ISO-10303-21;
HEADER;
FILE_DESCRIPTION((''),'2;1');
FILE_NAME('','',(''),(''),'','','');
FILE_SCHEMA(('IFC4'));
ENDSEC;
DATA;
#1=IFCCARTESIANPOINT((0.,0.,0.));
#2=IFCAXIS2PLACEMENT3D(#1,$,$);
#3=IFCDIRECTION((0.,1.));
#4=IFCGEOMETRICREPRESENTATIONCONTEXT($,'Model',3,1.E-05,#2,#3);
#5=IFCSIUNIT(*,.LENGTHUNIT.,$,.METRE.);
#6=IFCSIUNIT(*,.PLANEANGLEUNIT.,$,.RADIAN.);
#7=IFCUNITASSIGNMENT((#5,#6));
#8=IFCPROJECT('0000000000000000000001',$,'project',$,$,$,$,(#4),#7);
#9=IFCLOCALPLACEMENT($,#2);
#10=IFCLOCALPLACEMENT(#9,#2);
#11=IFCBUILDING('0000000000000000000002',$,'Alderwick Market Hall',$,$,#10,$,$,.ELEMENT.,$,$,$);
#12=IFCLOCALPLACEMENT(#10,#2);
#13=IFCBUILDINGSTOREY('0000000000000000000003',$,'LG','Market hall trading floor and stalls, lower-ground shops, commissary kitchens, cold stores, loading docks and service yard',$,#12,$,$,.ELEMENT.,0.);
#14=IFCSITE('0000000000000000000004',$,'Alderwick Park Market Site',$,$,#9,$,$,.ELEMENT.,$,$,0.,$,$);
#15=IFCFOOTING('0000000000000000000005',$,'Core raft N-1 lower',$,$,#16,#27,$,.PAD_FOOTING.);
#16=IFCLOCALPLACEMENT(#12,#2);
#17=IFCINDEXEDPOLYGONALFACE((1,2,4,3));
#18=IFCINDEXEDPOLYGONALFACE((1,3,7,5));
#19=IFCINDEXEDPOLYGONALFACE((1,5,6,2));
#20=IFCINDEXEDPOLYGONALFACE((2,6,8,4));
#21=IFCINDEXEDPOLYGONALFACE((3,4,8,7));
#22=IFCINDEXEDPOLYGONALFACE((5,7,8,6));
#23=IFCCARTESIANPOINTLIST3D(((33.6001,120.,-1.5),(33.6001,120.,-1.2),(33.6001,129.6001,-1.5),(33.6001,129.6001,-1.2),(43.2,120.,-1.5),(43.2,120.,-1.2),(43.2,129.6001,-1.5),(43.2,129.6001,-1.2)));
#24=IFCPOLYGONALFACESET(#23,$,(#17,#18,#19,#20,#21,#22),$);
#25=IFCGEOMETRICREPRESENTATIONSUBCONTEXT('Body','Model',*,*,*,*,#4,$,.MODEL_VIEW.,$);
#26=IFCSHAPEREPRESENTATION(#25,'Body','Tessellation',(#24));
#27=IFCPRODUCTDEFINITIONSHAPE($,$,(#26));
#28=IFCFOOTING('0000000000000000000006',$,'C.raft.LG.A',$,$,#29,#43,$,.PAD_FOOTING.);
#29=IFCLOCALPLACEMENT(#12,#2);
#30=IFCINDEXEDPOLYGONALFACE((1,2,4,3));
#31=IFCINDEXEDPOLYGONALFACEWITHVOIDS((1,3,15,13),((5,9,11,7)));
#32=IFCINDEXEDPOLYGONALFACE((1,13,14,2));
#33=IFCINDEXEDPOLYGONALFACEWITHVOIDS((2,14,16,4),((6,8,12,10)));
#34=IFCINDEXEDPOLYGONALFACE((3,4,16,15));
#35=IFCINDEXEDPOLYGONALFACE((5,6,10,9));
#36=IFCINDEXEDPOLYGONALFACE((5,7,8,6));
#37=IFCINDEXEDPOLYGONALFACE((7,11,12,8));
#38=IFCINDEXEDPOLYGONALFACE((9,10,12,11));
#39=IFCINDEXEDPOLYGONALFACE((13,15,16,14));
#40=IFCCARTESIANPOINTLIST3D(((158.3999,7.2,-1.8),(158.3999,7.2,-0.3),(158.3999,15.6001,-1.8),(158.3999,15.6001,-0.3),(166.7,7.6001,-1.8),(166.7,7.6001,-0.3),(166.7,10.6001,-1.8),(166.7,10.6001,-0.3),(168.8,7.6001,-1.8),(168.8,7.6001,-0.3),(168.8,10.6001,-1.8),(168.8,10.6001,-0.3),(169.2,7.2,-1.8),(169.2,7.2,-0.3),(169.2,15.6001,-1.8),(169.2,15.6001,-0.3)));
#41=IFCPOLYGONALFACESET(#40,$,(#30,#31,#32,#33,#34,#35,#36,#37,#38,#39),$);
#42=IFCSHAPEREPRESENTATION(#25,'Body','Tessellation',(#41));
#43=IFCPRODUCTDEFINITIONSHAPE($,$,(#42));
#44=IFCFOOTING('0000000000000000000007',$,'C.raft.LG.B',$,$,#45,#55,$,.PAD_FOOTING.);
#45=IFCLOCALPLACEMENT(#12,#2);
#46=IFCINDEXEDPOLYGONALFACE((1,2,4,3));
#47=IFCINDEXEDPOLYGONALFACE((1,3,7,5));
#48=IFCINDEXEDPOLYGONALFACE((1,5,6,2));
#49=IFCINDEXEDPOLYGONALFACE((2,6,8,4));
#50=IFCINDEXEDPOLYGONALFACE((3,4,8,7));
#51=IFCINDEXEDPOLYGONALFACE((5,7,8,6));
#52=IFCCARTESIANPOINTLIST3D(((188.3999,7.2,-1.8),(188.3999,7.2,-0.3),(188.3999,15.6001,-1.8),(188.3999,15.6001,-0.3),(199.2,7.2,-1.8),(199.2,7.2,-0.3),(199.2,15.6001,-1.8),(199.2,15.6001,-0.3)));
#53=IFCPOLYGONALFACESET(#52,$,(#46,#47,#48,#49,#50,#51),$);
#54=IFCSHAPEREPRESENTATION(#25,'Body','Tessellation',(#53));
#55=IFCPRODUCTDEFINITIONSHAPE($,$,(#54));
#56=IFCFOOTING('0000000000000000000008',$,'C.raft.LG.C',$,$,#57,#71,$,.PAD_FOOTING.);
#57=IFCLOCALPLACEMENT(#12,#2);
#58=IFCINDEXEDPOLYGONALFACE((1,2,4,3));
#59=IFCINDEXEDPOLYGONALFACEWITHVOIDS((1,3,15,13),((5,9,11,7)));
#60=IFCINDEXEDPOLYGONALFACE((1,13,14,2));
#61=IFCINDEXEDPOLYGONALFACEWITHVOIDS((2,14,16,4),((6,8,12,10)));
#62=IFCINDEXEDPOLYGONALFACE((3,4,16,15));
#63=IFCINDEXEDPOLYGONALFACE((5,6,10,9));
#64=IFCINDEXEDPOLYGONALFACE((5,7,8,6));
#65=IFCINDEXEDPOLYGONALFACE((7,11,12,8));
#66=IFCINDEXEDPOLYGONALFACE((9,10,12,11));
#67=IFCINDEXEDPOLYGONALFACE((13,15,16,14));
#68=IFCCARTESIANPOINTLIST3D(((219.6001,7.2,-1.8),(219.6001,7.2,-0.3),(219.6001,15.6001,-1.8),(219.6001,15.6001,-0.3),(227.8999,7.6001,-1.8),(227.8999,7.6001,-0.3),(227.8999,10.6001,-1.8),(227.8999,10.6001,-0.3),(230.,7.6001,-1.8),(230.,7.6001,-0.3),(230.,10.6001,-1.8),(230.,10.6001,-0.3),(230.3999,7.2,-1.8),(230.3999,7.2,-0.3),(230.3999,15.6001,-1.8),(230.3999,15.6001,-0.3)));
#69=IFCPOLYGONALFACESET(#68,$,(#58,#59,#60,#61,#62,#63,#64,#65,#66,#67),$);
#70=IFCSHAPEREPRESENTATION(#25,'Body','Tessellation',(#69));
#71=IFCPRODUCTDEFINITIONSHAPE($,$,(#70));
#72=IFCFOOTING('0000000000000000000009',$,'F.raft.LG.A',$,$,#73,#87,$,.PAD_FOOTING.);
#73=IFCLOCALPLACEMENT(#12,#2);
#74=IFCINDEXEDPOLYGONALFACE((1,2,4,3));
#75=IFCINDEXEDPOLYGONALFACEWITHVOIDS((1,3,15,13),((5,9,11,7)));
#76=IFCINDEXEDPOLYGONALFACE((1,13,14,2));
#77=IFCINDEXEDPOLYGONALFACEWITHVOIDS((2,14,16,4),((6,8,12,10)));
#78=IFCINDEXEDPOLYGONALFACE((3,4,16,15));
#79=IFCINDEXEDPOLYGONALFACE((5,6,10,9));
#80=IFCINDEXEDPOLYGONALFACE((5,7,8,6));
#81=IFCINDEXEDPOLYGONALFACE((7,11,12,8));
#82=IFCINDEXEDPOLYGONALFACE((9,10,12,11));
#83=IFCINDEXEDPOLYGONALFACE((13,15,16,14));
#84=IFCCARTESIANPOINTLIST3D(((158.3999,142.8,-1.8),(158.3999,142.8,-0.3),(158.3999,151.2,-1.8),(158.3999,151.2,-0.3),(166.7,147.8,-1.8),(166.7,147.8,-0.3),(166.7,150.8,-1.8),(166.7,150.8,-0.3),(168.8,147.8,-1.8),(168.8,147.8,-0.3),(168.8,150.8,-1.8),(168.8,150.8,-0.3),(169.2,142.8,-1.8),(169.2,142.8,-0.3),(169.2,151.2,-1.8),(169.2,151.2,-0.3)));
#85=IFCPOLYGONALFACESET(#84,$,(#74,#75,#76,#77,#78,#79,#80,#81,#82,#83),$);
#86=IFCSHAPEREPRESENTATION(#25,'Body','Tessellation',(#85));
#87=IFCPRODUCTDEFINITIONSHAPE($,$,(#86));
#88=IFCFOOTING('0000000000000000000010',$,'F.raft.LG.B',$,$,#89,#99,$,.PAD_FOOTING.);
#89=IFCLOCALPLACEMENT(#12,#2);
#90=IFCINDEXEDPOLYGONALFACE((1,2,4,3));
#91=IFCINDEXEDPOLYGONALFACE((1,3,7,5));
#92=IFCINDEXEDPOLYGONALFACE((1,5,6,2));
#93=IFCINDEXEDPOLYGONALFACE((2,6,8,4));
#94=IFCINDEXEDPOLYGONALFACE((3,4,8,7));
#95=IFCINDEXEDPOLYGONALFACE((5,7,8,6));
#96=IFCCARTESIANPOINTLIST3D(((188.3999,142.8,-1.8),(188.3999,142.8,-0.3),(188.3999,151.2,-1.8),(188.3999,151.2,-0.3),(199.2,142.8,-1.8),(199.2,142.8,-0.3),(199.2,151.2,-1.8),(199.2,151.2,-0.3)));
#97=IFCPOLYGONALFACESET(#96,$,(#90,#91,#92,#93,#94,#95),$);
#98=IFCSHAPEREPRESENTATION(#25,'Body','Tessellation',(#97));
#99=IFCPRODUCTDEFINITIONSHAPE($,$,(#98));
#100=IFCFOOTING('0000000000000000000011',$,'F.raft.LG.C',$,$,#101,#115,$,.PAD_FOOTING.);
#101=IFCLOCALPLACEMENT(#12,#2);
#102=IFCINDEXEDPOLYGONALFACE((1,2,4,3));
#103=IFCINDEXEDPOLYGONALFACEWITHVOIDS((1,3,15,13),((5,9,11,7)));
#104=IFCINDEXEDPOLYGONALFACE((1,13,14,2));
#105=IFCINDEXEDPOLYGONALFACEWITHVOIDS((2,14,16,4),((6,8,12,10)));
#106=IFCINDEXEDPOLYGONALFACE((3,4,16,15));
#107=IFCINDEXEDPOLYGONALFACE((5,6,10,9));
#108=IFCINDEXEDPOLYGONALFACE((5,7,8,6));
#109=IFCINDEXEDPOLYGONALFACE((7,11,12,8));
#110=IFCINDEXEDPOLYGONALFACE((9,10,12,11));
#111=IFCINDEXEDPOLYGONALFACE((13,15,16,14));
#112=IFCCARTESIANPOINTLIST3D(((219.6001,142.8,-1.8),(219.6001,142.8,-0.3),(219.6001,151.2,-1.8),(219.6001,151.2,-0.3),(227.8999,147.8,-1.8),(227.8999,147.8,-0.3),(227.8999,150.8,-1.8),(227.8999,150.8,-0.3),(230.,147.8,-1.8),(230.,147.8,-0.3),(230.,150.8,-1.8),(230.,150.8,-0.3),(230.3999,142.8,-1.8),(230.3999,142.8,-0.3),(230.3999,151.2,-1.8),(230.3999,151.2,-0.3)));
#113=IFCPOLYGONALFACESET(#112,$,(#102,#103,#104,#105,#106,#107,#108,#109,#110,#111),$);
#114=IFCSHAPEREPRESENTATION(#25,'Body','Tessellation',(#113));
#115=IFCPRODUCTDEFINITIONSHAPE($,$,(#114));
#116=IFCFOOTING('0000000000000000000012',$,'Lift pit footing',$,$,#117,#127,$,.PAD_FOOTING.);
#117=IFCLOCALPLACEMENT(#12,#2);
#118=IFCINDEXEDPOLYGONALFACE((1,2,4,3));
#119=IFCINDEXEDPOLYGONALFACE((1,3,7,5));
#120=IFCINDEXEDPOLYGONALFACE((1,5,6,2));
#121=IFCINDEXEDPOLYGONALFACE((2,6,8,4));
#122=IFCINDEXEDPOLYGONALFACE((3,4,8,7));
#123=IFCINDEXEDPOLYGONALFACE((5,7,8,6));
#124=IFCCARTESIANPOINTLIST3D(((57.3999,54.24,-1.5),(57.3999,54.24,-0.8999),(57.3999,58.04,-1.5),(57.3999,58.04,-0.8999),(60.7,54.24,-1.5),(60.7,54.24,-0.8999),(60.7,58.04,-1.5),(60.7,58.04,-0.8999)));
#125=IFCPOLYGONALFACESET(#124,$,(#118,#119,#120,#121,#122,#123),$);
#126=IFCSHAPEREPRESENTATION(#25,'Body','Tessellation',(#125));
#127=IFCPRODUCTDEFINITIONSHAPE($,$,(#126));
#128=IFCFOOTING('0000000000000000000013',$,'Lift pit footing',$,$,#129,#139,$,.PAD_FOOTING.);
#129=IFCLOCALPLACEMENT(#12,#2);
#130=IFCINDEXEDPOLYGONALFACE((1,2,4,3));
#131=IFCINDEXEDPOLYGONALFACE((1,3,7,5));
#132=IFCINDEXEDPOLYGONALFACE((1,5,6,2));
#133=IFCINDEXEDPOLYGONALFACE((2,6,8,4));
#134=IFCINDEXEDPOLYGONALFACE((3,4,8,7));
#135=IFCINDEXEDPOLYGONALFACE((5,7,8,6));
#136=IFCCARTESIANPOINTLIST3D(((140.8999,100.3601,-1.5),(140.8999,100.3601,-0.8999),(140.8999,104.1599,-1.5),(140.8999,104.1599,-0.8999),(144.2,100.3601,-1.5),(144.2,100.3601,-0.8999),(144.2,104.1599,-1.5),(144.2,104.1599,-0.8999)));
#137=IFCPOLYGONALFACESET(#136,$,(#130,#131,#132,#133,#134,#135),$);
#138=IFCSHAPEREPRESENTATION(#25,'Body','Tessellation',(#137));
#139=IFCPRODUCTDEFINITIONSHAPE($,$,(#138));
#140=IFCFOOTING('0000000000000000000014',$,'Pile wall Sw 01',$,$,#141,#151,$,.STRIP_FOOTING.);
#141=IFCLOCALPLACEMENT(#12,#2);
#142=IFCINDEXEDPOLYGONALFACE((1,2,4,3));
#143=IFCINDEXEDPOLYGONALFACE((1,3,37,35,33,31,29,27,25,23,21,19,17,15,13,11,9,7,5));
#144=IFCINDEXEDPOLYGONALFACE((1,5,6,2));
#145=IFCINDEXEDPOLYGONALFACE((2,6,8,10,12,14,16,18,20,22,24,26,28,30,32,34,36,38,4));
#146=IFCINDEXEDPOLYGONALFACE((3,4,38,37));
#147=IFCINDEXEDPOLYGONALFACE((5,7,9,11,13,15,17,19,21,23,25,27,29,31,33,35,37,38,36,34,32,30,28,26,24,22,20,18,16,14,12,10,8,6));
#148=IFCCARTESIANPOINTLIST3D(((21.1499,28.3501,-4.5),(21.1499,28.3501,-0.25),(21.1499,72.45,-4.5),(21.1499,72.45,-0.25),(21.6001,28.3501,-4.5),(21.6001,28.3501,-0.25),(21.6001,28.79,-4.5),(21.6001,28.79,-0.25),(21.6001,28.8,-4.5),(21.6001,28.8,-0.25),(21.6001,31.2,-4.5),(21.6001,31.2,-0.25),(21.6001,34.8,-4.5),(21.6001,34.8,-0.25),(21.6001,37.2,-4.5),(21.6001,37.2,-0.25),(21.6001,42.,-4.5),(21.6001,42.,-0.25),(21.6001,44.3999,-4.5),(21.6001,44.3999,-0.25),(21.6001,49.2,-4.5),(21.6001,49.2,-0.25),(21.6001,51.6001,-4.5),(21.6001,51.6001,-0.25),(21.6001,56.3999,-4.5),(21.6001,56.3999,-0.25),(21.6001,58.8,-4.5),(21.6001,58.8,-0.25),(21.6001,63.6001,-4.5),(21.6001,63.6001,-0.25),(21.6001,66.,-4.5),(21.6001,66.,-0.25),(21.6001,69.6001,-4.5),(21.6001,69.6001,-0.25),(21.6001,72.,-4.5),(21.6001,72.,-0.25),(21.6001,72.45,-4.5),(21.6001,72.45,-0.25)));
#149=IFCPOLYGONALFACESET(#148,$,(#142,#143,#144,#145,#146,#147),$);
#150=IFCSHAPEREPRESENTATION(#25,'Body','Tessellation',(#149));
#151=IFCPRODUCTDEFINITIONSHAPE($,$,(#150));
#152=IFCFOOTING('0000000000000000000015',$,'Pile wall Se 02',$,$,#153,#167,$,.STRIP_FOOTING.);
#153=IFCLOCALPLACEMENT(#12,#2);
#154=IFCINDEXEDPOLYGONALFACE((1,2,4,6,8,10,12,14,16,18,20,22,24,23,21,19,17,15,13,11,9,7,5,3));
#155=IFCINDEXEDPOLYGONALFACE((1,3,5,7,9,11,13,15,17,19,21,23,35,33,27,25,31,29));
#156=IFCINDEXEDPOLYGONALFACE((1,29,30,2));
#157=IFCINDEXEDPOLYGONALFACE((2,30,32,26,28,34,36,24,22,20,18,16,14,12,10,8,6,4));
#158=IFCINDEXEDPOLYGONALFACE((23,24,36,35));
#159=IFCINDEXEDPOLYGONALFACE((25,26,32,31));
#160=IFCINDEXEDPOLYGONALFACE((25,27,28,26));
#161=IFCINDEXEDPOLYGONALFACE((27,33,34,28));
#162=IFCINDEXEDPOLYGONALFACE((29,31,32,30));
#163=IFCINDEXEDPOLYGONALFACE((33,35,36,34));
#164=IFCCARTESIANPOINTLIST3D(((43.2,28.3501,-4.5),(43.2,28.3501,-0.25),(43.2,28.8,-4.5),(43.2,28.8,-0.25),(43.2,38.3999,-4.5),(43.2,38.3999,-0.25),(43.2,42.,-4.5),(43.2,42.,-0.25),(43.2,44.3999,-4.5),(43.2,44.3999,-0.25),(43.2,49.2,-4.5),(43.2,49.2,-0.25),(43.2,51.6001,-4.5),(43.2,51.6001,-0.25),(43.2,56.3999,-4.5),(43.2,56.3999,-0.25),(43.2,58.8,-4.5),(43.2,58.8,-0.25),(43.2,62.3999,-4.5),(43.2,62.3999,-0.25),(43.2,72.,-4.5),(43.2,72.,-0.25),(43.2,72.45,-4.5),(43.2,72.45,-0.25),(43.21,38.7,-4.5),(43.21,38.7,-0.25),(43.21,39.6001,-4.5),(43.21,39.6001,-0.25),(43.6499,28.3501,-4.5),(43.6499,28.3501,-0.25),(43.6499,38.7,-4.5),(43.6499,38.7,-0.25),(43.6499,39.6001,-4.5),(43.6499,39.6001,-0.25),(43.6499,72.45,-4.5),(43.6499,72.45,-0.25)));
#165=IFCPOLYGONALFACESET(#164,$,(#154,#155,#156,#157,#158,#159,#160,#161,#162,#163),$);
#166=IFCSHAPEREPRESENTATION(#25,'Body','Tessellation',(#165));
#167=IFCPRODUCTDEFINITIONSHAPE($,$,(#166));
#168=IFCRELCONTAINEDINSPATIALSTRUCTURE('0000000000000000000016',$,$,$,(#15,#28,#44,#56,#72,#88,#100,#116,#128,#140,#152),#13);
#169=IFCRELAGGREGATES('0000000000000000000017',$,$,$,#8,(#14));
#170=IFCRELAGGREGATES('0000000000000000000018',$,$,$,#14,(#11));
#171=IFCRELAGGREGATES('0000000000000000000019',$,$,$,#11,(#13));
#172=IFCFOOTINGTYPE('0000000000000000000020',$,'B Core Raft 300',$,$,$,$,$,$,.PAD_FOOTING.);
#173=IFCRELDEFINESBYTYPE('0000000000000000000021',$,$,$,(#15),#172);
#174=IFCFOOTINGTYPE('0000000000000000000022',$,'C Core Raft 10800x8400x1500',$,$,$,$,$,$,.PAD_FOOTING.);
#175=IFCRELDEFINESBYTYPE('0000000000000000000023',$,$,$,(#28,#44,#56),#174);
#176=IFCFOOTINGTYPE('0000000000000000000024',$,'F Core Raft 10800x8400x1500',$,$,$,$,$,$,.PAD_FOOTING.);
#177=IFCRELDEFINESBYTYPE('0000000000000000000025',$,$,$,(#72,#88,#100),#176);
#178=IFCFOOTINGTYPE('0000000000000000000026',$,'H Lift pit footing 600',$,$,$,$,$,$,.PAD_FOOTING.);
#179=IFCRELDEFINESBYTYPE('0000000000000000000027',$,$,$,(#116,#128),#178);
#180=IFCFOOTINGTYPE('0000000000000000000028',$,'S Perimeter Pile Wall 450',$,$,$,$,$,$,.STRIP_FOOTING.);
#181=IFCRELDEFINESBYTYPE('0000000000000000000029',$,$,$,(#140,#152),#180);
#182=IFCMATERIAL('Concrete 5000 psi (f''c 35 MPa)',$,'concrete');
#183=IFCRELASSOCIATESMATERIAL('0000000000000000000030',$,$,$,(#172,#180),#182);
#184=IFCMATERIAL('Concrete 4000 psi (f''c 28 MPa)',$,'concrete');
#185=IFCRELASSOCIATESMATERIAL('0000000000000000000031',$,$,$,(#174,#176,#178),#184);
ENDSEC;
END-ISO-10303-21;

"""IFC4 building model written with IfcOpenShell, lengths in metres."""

from ifc_helpers import new_model, si_unit, direction, frame, origin, place, context, subcontext, project, spatial, polyline, outline, extrude, material, type_object, element, save


model = new_model("IFC4")

# Units and contexts
model_context = context("Model", 3, precision=1e-05, world=origin(), true_north=direction((0.0, 1.0)))
body_context = subcontext(model_context, "Body", "Model", "MODEL_VIEW")
ifc_project = project(units=[si_unit("LENGTHUNIT", "METRE"), si_unit("PLANEANGLEUNIT", "RADIAN")], contexts=[model_context])

# Site, building, storey
site_placement = place(None, origin())
site = spatial("IfcSite", under=ifc_project, at=site_placement, Name="Alderwick Park Market Site", CompositionType="ELEMENT", RefElevation=0.0)
building_placement = place(site_placement, origin())
building = spatial("IfcBuilding", under=site, at=building_placement, Name="Alderwick Market Hall", CompositionType="ELEMENT")
storey_placement = place(building_placement, origin())
storey = spatial("IfcBuildingStorey", under=building, at=storey_placement, Name="LG", Description="Market hall trading floor and stalls, lower-ground shops, commissary kitchens, cold stores, loading docks and service yard", CompositionType="ELEMENT", Elevation=0.0)

# Footings
ifc_material_1 = material(Name="Concrete 5000 psi (f'c 35 MPa)", Category="concrete")
footing_type_1 = type_object("IfcFootingType", Name="B Core Raft 300", PredefinedType="PAD_FOOTING", material=ifc_material_1)
footing_1_placement = place(storey_placement, frame((0.0, 0.0, -1.5)))
element("IfcFooting", 1, at=footing_1_placement, inside=storey, type_object=footing_type_1, Name="Core raft N-1 lower", PredefinedType="PAD_FOOTING", context=body_context, shape_type="SweptSolid", body=[
    extrude(outline(polyline([(33.6001, 120.0), (43.2, 120.0), (43.2, 129.6001), (33.6001, 129.6001), (33.6001, 120.0)])), origin(), (0.0, 0.0, 1.0), 0.3),
])
ifc_material_2 = material(Name="Concrete 4000 psi (f'c 28 MPa)", Category="concrete")
footing_type_2 = type_object("IfcFootingType", Name="C Core Raft 10800x8400x1500", PredefinedType="PAD_FOOTING", material=ifc_material_2)
footing_2_placement = place(storey_placement, frame((0.0, 0.0, -1.8)))
element("IfcFooting", 2, at=footing_2_placement, inside=storey, type_object=footing_type_2, Name="C.raft.LG.A", PredefinedType="PAD_FOOTING", context=body_context, shape_type="SweptSolid", body=[
    extrude(outline(polyline([(158.3999, 15.6001), (169.2, 15.6001), (169.2, 7.2), (158.3999, 7.2), (158.3999, 15.6001)]), holes=[polyline([(166.7, 10.6001), (168.8, 10.6001), (168.8, 7.6001), (166.7, 7.6001), (166.7, 10.6001)])]), origin(), (0.0, 0.0, 1.0), 1.5),
])
footing_3_placement = place(storey_placement, frame((0.0, 0.0, -1.8)))
element("IfcFooting", 3, at=footing_3_placement, inside=storey, type_object=footing_type_2, Name="C.raft.LG.B", PredefinedType="PAD_FOOTING", context=body_context, shape_type="SweptSolid", body=[
    extrude(outline(polyline([(188.3999, 15.6001), (199.2, 15.6001), (199.2, 7.2), (188.3999, 7.2), (188.3999, 15.6001)])), origin(), (0.0, 0.0, 1.0), 1.5),
])
footing_4_placement = place(storey_placement, frame((0.0, 0.0, -1.8)))
element("IfcFooting", 4, at=footing_4_placement, inside=storey, type_object=footing_type_2, Name="C.raft.LG.C", PredefinedType="PAD_FOOTING", context=body_context, shape_type="SweptSolid", body=[
    extrude(outline(polyline([(219.6001, 15.6001), (230.3999, 15.6001), (230.3999, 7.2), (219.6001, 7.2), (219.6001, 15.6001)]), holes=[polyline([(227.8999, 10.6001), (230.0, 10.6001), (230.0, 7.6001), (227.8999, 7.6001), (227.8999, 10.6001)])]), origin(), (0.0, 0.0, 1.0), 1.5),
])
footing_type_3 = type_object("IfcFootingType", Name="F Core Raft 10800x8400x1500", PredefinedType="PAD_FOOTING", material=ifc_material_2)
footing_5_placement = place(storey_placement, frame((0.0, 0.0, -1.8)))
element("IfcFooting", 5, at=footing_5_placement, inside=storey, type_object=footing_type_3, Name="F.raft.LG.A", PredefinedType="PAD_FOOTING", context=body_context, shape_type="SweptSolid", body=[
    extrude(outline(polyline([(158.3999, 142.8), (169.2, 142.8), (169.2, 151.2), (158.3999, 151.2), (158.3999, 142.8)]), holes=[polyline([(166.7, 147.8), (168.8, 147.8), (168.8, 150.8), (166.7, 150.8), (166.7, 147.8)])]), origin(), (0.0, 0.0, 1.0), 1.5),
])
footing_6_placement = place(storey_placement, frame((0.0, 0.0, -1.8)))
element("IfcFooting", 6, at=footing_6_placement, inside=storey, type_object=footing_type_3, Name="F.raft.LG.B", PredefinedType="PAD_FOOTING", context=body_context, shape_type="SweptSolid", body=[
    extrude(outline(polyline([(188.3999, 142.8), (199.2, 142.8), (199.2, 151.2), (188.3999, 151.2), (188.3999, 142.8)])), origin(), (0.0, 0.0, 1.0), 1.5),
])
footing_7_placement = place(storey_placement, frame((0.0, 0.0, -1.8)))
element("IfcFooting", 7, at=footing_7_placement, inside=storey, type_object=footing_type_3, Name="F.raft.LG.C", PredefinedType="PAD_FOOTING", context=body_context, shape_type="SweptSolid", body=[
    extrude(outline(polyline([(219.6001, 142.8), (230.3999, 142.8), (230.3999, 151.2), (219.6001, 151.2), (219.6001, 142.8)]), holes=[polyline([(227.8999, 147.8), (230.0, 147.8), (230.0, 150.8), (227.8999, 150.8), (227.8999, 147.8)])]), origin(), (0.0, 0.0, 1.0), 1.5),
])
footing_type_4 = type_object("IfcFootingType", Name="H Lift pit footing 600", PredefinedType="PAD_FOOTING", material=ifc_material_2)
footing_8_placement = place(storey_placement, frame((0.0, 0.0, -1.5)))
element("IfcFooting", 8, at=footing_8_placement, inside=storey, type_object=footing_type_4, Name="Lift pit footing", PredefinedType="PAD_FOOTING", context=body_context, shape_type="SweptSolid", body=[
    extrude(outline(polyline([(57.3999, 58.04), (60.7, 58.04), (60.7, 54.24), (57.3999, 54.24), (57.3999, 58.04)])), origin(), (0.0, 0.0, 1.0), 0.6001),
])
footing_9_placement = place(storey_placement, frame((0.0, 0.0, -1.5)))
element("IfcFooting", 9, at=footing_9_placement, inside=storey, type_object=footing_type_4, Name="Lift pit footing", PredefinedType="PAD_FOOTING", context=body_context, shape_type="SweptSolid", body=[
    extrude(outline(polyline([(140.8999, 104.1599), (144.2, 104.1599), (144.2, 100.3601), (140.8999, 100.3601), (140.8999, 104.1599)])), origin(), (0.0, 0.0, 1.0), 0.6001),
])
footing_type_5 = type_object("IfcFootingType", Name="S Perimeter Pile Wall 450", PredefinedType="STRIP_FOOTING", material=ifc_material_1)
footing_10_placement = place(storey_placement, frame((0.0, 0.0, -4.5)))
element("IfcFooting", 10, at=footing_10_placement, inside=storey, type_object=footing_type_5, Name="Pile wall Sw 01", PredefinedType="STRIP_FOOTING", context=body_context, shape_type="SweptSolid", body=[
    extrude(outline(polyline([(21.6001, 28.79), (21.6001, 28.8), (21.6001, 31.2), (21.6001, 34.8), (21.6001, 37.2), (21.6001, 42.0), (21.6001, 44.3999), (21.6001, 49.2), (21.6001, 51.6001), (21.6001, 56.3999), (21.6001, 58.8), (21.6001, 63.6001), (21.6001, 66.0), (21.6001, 69.6001), (21.6001, 72.0), (21.6001, 72.45), (21.1499, 72.45), (21.1499, 28.3501), (21.6001, 28.3501), (21.6001, 28.79)])), origin(), (0.0, 0.0, 1.0), 4.25),
])
footing_11_placement = place(storey_placement, frame((0.0, 0.0, -4.5)))
element("IfcFooting", 11, at=footing_11_placement, inside=storey, type_object=footing_type_5, Name="Pile wall Se 02", PredefinedType="STRIP_FOOTING", context=body_context, shape_type="SweptSolid", body=[
    extrude(outline(polyline([(43.6499, 38.7), (43.21, 38.7), (43.21, 39.6001), (43.6499, 39.6001), (43.6499, 72.45), (43.2, 72.45), (43.2, 72.0), (43.2, 62.3999), (43.2, 58.8), (43.2, 56.3999), (43.2, 51.6001), (43.2, 49.2), (43.2, 44.3999), (43.2, 42.0), (43.2, 38.3999), (43.2, 28.8), (43.2, 28.3501), (43.6499, 28.3501), (43.6499, 38.7)])), origin(), (0.0, 0.0, 1.0), 4.25),
])

save(model, "model.ifc")
